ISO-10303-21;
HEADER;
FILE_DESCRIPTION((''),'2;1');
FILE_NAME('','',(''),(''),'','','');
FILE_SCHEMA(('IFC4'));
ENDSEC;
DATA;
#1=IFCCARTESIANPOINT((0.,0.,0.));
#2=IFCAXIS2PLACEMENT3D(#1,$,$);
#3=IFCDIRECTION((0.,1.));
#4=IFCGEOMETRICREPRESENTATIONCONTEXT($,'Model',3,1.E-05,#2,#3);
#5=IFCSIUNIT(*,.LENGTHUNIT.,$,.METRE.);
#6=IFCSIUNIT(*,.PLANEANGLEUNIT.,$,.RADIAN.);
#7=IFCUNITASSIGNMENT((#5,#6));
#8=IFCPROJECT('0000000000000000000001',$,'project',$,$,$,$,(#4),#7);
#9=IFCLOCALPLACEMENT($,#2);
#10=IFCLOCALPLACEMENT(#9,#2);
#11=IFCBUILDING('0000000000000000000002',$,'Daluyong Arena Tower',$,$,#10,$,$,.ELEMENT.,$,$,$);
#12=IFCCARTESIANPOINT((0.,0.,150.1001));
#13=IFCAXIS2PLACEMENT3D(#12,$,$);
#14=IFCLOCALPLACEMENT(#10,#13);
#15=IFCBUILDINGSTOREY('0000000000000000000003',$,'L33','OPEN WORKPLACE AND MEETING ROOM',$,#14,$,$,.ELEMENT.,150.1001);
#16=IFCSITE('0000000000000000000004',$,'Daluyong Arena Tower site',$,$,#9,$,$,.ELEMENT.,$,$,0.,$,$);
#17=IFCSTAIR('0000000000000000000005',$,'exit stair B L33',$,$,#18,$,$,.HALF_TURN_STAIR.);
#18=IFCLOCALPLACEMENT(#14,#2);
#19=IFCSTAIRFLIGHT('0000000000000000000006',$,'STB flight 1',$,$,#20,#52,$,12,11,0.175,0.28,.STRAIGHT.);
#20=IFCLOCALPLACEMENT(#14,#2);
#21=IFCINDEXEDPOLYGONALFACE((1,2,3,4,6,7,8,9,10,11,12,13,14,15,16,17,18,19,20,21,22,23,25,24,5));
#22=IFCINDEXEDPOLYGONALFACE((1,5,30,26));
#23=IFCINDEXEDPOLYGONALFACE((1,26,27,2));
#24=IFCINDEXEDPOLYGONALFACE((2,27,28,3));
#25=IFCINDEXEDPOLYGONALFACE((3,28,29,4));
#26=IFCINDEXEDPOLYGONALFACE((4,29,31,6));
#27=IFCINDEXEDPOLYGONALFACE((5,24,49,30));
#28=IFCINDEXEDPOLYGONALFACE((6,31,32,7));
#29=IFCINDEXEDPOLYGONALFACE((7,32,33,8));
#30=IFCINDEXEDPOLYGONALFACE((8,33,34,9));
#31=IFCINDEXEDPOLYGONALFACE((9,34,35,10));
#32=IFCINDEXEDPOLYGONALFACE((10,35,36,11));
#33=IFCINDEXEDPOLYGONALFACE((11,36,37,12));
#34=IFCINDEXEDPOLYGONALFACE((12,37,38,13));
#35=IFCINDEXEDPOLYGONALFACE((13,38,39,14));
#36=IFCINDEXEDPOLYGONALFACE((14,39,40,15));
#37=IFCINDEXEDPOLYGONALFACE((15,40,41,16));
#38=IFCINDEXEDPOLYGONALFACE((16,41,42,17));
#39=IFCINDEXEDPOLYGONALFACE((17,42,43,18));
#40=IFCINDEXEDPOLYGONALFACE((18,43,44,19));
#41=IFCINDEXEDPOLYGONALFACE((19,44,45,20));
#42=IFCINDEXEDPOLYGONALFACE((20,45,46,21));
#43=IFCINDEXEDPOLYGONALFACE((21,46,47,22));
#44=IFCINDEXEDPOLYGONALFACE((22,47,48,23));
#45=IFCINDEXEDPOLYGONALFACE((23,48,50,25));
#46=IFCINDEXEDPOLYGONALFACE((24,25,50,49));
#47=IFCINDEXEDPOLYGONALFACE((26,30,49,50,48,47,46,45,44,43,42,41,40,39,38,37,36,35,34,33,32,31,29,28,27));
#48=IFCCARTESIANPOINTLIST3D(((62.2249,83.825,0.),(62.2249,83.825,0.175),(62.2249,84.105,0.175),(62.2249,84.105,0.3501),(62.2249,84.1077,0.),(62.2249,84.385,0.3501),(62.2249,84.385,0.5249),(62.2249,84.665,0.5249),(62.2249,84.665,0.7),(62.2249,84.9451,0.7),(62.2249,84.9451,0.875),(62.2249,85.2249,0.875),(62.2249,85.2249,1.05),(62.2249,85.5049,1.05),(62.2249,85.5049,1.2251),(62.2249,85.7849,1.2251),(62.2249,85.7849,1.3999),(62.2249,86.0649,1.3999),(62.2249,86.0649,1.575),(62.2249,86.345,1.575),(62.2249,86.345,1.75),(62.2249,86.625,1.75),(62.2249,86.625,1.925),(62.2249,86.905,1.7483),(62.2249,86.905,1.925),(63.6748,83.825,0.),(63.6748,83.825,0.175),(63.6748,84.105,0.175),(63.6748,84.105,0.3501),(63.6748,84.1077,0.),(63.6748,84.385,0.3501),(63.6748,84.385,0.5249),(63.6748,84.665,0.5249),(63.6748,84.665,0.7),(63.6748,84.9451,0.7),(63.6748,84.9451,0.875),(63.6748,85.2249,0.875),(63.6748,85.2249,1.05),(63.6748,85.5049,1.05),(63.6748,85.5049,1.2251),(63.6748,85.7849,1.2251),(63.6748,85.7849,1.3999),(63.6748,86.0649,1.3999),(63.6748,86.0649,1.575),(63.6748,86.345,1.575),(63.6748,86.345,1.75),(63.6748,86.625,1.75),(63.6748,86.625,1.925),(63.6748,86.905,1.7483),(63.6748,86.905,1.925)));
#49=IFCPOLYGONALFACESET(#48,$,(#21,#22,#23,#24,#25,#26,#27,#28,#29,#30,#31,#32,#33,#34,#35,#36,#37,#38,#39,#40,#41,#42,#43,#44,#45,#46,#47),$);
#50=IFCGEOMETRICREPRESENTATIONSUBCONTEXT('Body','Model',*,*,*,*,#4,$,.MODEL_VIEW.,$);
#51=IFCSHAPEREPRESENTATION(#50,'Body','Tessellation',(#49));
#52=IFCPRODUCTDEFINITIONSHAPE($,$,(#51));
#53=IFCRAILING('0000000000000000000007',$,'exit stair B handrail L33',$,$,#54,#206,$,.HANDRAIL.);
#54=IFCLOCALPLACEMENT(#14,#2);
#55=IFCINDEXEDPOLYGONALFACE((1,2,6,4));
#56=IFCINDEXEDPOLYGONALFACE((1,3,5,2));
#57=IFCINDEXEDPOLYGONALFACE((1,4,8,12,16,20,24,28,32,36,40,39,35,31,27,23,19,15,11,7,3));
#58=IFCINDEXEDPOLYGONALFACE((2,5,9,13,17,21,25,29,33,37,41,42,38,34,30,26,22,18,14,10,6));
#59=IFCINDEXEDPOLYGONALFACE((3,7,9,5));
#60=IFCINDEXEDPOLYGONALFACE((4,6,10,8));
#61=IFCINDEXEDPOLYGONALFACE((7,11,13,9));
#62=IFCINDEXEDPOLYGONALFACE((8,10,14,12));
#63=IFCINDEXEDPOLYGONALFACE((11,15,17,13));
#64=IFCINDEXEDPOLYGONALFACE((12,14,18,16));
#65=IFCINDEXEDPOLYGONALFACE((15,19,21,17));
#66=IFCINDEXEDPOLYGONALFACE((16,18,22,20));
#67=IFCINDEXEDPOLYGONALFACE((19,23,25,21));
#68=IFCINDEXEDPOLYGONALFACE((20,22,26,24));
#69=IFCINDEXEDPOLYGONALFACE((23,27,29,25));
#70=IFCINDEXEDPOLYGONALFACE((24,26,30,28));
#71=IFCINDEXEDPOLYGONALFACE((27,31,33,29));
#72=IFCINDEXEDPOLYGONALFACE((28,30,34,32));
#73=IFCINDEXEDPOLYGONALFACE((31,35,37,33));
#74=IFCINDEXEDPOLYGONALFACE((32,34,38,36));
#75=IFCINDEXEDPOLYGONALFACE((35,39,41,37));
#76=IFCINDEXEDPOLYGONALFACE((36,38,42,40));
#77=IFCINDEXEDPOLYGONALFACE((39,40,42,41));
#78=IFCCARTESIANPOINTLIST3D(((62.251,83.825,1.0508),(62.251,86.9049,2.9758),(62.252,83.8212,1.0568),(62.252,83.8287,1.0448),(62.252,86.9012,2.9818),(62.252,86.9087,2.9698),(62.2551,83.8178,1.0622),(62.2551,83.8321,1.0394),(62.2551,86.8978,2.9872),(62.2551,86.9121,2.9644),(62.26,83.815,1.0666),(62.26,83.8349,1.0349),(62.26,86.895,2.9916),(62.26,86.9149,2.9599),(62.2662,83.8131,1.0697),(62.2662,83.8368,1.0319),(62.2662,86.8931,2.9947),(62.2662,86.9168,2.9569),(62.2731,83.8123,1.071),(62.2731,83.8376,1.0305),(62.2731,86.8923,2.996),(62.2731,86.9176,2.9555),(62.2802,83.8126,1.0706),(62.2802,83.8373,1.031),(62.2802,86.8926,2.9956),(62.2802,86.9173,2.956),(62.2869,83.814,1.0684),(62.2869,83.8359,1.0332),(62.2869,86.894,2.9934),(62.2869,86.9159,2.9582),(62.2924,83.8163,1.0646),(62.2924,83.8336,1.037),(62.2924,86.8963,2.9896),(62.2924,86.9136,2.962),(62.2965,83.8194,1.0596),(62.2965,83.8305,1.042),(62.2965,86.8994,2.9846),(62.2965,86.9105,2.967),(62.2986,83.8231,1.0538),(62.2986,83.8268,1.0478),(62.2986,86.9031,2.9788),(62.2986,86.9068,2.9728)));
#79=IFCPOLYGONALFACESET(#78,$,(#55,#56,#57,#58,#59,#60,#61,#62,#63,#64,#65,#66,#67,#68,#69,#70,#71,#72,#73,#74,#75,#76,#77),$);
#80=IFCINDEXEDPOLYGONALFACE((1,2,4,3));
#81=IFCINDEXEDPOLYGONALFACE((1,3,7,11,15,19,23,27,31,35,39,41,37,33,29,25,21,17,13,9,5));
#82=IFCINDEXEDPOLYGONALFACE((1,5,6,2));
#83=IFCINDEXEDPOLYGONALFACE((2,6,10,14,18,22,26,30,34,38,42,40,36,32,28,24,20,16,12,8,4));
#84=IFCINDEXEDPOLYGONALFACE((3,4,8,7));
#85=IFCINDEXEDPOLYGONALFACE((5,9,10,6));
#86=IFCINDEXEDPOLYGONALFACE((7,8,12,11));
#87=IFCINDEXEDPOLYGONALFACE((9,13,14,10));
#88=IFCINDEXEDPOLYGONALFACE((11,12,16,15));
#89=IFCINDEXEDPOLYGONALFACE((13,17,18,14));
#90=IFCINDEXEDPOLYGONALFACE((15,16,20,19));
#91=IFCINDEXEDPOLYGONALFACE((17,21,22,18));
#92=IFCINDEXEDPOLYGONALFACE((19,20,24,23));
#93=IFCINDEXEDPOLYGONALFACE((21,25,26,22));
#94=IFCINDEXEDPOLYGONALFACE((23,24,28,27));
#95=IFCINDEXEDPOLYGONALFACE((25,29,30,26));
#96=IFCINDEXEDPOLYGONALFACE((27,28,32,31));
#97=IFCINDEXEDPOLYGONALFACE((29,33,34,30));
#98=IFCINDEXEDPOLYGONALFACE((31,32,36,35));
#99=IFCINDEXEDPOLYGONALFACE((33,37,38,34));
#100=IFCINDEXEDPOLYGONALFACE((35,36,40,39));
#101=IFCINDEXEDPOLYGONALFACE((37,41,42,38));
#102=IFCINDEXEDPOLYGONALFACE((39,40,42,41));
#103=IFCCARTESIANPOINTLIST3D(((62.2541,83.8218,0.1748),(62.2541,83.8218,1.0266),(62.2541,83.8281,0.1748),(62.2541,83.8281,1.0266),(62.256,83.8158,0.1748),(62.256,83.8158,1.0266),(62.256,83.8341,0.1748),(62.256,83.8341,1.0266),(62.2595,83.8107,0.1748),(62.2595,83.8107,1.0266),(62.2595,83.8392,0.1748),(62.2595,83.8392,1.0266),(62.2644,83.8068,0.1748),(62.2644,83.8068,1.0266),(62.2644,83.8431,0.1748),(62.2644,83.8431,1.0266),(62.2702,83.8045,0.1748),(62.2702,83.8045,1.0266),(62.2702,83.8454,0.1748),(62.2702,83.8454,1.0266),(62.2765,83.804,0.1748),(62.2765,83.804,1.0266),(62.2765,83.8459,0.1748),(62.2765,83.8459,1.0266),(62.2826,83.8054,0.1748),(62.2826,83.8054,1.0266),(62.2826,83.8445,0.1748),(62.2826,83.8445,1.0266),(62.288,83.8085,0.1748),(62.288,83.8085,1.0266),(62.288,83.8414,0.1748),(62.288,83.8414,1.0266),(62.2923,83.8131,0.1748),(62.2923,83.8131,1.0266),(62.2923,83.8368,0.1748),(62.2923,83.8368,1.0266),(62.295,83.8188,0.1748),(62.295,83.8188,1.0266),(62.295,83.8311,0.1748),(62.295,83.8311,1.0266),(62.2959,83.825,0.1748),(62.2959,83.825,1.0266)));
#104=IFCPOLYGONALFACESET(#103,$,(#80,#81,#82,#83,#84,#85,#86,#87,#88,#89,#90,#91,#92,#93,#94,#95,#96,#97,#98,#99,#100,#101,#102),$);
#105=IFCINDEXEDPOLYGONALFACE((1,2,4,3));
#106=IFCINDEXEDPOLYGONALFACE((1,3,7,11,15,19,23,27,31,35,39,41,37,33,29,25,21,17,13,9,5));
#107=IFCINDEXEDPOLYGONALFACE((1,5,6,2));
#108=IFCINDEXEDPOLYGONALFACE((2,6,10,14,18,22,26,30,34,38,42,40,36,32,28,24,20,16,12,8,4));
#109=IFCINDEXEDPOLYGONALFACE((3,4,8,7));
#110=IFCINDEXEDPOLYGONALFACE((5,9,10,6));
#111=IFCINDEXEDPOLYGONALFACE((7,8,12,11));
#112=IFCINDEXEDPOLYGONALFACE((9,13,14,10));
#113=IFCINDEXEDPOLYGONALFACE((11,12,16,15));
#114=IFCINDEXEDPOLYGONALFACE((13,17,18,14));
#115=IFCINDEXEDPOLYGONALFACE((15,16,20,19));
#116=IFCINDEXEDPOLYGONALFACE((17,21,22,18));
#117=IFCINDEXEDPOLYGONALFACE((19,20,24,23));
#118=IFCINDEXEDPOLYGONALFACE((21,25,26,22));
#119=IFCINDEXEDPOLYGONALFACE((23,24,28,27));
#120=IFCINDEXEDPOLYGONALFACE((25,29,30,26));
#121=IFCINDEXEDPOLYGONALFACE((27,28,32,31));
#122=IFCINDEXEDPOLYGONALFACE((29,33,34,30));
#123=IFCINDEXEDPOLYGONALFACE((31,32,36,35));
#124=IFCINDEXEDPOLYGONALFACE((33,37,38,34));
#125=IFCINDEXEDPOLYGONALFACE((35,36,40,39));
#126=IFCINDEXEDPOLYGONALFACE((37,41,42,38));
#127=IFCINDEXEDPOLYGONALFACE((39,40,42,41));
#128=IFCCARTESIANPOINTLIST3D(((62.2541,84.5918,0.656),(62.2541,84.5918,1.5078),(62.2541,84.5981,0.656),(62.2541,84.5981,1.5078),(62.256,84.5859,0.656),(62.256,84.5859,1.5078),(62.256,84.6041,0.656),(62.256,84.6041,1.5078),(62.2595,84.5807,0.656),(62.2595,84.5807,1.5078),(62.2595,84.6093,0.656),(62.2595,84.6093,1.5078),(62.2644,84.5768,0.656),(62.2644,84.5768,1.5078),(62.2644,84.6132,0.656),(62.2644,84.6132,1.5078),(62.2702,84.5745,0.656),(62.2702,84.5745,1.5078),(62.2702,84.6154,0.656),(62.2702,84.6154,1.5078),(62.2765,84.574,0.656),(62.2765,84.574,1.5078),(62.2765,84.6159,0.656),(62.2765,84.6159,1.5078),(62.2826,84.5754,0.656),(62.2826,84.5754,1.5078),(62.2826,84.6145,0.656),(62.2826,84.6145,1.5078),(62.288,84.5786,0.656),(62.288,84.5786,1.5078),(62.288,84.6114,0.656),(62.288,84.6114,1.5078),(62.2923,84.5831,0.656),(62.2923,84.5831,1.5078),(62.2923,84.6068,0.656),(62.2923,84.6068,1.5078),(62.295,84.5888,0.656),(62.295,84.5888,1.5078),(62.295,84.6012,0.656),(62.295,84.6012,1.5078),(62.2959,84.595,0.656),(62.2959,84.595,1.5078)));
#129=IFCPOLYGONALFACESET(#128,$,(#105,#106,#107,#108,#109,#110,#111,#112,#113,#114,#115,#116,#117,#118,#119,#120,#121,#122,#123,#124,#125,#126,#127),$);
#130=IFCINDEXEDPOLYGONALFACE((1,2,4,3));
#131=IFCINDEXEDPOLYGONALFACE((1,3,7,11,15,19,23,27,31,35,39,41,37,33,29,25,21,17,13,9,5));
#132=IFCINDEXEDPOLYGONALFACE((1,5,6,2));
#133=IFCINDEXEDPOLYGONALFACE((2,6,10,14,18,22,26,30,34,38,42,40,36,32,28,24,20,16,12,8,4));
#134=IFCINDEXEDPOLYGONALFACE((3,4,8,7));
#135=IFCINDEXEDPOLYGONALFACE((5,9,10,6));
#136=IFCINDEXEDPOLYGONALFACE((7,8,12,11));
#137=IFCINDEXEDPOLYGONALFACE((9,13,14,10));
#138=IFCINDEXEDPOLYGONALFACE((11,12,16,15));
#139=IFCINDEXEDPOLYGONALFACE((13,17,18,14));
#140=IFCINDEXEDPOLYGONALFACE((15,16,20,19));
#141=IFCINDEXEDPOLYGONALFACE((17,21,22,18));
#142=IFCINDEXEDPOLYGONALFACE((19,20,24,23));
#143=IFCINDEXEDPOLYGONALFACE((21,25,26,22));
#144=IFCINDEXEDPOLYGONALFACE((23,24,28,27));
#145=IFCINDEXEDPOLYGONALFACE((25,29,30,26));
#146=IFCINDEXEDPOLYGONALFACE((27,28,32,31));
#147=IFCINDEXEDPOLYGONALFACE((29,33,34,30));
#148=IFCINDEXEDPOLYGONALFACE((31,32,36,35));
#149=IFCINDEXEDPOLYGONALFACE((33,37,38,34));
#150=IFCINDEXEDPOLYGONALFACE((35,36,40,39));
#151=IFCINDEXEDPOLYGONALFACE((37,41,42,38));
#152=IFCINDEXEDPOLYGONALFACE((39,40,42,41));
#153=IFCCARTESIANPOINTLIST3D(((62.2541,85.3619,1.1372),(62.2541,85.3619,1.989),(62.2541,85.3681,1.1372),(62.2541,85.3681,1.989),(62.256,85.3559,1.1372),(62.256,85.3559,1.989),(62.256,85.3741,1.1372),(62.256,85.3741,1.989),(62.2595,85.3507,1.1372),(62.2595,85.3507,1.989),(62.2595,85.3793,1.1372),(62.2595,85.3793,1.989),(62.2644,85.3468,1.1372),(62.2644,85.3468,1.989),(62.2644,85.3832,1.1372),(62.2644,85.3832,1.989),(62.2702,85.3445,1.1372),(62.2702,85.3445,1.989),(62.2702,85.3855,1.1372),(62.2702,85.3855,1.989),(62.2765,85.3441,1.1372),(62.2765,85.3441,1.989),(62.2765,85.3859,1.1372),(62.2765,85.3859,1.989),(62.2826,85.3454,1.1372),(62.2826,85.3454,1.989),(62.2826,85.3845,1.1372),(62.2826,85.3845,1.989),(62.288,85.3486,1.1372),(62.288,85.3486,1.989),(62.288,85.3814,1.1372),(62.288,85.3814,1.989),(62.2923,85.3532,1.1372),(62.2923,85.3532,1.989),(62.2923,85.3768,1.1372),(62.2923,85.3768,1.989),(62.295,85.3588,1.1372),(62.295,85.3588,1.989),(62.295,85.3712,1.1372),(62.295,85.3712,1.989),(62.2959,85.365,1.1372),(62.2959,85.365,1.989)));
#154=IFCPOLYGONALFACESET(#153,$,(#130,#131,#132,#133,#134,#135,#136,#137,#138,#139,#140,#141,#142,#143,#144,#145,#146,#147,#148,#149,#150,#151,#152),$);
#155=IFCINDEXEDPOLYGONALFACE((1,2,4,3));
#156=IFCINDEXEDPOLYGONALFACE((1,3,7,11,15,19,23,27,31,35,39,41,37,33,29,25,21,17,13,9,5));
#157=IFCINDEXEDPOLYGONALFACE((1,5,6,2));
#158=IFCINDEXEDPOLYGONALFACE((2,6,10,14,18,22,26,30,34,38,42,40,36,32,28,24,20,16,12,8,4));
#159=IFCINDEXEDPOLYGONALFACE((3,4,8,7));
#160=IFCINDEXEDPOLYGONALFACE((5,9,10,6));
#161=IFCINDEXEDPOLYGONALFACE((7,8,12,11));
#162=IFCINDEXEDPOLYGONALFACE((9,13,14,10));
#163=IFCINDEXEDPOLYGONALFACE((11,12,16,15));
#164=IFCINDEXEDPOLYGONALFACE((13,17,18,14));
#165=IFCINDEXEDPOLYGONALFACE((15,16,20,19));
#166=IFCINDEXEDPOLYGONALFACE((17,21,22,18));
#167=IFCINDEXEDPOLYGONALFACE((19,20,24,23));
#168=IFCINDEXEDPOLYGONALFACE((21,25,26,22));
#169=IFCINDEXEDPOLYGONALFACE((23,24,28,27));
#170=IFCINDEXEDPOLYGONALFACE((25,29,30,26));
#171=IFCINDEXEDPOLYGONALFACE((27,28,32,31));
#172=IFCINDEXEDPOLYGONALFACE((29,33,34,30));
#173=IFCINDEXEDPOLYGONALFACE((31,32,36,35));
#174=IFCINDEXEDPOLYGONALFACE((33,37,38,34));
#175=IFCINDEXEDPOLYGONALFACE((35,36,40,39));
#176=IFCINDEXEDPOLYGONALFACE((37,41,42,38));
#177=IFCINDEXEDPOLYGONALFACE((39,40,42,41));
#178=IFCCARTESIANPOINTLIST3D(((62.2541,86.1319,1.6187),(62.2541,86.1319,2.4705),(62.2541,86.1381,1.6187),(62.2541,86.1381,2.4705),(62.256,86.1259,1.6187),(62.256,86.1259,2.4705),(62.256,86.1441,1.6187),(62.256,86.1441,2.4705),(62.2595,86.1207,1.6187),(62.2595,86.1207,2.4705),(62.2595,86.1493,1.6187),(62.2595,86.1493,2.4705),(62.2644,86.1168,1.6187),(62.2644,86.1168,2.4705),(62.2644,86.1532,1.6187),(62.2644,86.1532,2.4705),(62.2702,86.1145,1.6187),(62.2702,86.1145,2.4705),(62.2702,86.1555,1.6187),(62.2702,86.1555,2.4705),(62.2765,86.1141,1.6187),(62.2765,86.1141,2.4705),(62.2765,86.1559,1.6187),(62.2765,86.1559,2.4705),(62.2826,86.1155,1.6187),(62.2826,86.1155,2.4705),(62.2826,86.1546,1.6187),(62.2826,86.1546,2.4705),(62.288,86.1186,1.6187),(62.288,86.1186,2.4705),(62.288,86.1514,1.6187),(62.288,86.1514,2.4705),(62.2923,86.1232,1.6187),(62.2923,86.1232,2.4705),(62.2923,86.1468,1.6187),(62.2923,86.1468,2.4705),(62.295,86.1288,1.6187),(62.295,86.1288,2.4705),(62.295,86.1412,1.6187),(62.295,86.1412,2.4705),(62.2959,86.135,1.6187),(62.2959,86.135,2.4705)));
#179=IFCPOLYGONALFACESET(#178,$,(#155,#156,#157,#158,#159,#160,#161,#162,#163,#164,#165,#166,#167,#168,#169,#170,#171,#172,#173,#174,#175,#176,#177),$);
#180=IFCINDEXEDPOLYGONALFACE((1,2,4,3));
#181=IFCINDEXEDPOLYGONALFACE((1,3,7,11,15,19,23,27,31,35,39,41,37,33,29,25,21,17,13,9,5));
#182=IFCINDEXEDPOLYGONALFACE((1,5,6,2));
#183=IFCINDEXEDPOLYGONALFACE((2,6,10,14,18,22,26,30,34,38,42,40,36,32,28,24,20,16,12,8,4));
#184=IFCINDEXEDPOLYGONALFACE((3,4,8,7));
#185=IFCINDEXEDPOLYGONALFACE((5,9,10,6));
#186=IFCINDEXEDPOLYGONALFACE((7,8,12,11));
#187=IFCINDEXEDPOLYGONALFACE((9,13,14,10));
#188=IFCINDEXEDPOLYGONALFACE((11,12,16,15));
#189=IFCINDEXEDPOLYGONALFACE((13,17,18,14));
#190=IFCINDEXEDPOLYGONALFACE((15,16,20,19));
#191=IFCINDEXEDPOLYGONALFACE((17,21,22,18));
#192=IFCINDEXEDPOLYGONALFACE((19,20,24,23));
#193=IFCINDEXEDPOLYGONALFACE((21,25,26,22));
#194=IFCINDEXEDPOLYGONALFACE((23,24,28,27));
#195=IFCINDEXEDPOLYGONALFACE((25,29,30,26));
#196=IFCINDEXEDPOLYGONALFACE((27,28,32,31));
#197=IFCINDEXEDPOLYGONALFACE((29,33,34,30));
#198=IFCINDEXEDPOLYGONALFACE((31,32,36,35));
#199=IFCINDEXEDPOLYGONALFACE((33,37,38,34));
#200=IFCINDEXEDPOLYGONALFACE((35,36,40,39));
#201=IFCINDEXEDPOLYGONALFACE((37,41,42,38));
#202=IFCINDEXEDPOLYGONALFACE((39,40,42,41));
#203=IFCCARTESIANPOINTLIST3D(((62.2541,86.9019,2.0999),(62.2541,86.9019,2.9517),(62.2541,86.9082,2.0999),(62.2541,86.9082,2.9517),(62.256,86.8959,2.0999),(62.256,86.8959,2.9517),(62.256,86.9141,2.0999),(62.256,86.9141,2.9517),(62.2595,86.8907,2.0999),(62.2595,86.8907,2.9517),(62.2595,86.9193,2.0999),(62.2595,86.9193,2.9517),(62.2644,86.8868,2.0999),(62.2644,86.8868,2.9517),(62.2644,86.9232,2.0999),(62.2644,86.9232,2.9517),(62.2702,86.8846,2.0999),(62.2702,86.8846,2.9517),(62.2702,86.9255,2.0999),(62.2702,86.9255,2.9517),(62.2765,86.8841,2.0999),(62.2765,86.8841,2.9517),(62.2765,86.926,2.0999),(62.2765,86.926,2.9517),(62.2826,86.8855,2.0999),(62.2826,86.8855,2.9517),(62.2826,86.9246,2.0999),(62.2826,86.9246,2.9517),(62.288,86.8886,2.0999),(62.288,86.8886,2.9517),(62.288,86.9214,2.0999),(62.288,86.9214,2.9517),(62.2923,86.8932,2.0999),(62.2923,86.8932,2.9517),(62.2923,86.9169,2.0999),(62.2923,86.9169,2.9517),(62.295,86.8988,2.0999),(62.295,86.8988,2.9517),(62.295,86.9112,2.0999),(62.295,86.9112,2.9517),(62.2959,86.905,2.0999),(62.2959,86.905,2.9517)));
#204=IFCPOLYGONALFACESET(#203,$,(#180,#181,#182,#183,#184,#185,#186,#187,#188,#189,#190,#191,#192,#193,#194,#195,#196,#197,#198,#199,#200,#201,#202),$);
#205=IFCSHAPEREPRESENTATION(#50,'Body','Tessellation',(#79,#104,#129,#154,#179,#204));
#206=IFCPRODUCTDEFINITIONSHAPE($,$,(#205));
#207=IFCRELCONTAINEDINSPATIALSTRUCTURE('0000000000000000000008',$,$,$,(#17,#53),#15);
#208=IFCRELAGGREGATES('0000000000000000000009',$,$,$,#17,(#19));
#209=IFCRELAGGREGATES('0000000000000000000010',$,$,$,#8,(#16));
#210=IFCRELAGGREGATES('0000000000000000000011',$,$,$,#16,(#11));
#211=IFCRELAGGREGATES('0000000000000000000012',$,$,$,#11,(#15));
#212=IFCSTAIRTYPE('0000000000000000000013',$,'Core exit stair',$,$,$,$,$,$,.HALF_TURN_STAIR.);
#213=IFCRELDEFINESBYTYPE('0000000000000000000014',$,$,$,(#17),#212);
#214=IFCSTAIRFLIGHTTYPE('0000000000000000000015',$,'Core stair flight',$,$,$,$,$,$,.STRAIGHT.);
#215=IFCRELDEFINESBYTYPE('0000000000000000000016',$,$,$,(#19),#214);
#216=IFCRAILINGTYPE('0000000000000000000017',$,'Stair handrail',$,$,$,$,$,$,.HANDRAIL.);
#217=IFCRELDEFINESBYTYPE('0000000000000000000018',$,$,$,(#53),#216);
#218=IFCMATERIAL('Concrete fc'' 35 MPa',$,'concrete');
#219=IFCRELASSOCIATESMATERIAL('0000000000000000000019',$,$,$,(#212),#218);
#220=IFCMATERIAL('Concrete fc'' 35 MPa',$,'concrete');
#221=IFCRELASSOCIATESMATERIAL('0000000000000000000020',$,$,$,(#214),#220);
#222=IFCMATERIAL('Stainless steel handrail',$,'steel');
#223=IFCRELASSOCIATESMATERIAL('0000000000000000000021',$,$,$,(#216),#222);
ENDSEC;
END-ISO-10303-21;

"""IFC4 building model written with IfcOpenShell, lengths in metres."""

from ifc_helpers import new_model, si_unit, direction, frame, origin, origin_2d, place, context, subcontext, project, spatial, polyline, circle, outline, extrude, material, type_object, element, aggregate, save


model = new_model("IFC4")

# Units and contexts
model_context = context("Model", 3, precision=1e-05, world=origin(), true_north=direction((0.0, 1.0)))
body_context = subcontext(model_context, "Body", "Model", "MODEL_VIEW")
ifc_project = project(units=[si_unit("LENGTHUNIT", "METRE"), si_unit("PLANEANGLEUNIT", "RADIAN")], contexts=[model_context])

# Site, building, storey
site_placement = place(None, origin())
site = spatial("IfcSite", under=ifc_project, at=site_placement, Name="Daluyong Arena Tower site", CompositionType="ELEMENT", RefElevation=0.0)
building_placement = place(site_placement, origin())
building = spatial("IfcBuilding", under=site, at=building_placement, Name="Daluyong Arena Tower", CompositionType="ELEMENT")
storey_placement = place(building_placement, frame((0.0, 0.0, 150.1001)))
storey = spatial("IfcBuildingStorey", under=building, at=storey_placement, Name="L33", Description="OPEN WORKPLACE AND MEETING ROOM", CompositionType="ELEMENT", Elevation=150.1001)

# Stair, stair flight
ifc_material_1 = material(Name="Concrete fc' 35 MPa", Category="concrete")
stair_type = type_object("IfcStairType", Name="Core exit stair", PredefinedType="HALF_TURN_STAIR", material=ifc_material_1)
stair_placement = place(storey_placement, origin())
stair = element("IfcStair", 1, at=stair_placement, inside=storey, type_object=stair_type, Name="exit stair B L33", PredefinedType="HALF_TURN_STAIR")
ifc_material_2 = material(Name="Concrete fc' 35 MPa", Category="concrete")
stair_flight_type = type_object("IfcStairFlightType", Name="Core stair flight", PredefinedType="STRAIGHT", material=ifc_material_2)
stair_flight_placement = place(storey_placement, frame((62.95, 83.825, 0.0), z_axis=(0.0, 0.0, 1.0), x_axis=(0.0, 1.0, 0.0)))
stair_flight = element("IfcStairFlight", 2, at=stair_flight_placement, type_object=stair_flight_type, Name="STB flight 1", NumberOfRisers=12, NumberOfTreads=11, PredefinedType="STRAIGHT", RiserHeight=0.175, TreadLength=0.28, context=body_context, shape_type="SweptSolid", body=[
    extrude(outline(polyline([(0.0, 0.0), (0.0, 0.175), (0.28, 0.175), (0.28, 0.3501), (0.5601, 0.3501), (0.5601, 0.5249), (0.8401, 0.5249), (0.8401, 0.7), (1.1201, 0.7), (1.1201, 0.875), (1.3999, 0.875), (1.3999, 1.05), (1.6799, 1.05), (1.6799, 1.2251), (1.96, 1.2251), (1.96, 1.3999), (2.24, 1.3999), (2.24, 1.575), (2.52, 1.575), (2.52, 1.75), (2.8, 1.75), (2.8, 1.925), (3.0801, 1.925), (3.0801, 2.1001), (3.0801, 1.7483), (0.2827, 0.0), (0.0, 0.0)])), frame((0.0, 0.7251, 0.0), z_axis=(0.0, -1.0, 0.0), x_axis=(1.0, 0.0, 0.0)), (0.0, 0.0, 1.0), 1.45),
])
aggregate(stair, [stair_flight])

# Railing
ifc_material_3 = material(Name="Stainless steel handrail", Category="steel")
railing_type_1 = type_object("IfcRailingType", Name="Stair handrail", PredefinedType="HANDRAIL", material=ifc_material_3)
railing_1_placement = place(storey_placement, frame((62.2749, 83.825, 0.1748)))
element("IfcRailing", 3, at=railing_1_placement, inside=storey, type_object=railing_type_1, Name="exit stair B handrail L33", PredefinedType="HANDRAIL", context=body_context, shape_type="SweptSolid", body=[
    extrude(circle(Radius=0.0239, at=origin_2d()), frame((0.0, 0.0, 0.876), z_axis=(0.0, 0.847998, 0.529999), x_axis=(-1.0, 0.0, 0.0)), (0.0, 0.0, 1.0), 3.6321),
    extrude(circle(Radius=0.021, at=origin_2d()), origin(), (0.0, 0.0, 1.0), 0.8518),
    extrude(circle(Radius=0.021, at=origin_2d()), frame((0.0, 0.77, 0.4812)), (0.0, 0.0, 1.0), 0.8518),
    extrude(circle(Radius=0.021, at=origin_2d()), frame((0.0, 1.54, 0.9624)), (0.0, 0.0, 1.0), 0.8518),
    extrude(circle(Radius=0.021, at=origin_2d()), frame((0.0, 2.3101, 1.4438)), (0.0, 0.0, 1.0), 0.8518),
    extrude(circle(Radius=0.021, at=origin_2d()), frame((0.0, 3.0801, 1.925)), (0.0, 0.0, 1.0), 0.8518),
])

save(model, "model.ifc")
